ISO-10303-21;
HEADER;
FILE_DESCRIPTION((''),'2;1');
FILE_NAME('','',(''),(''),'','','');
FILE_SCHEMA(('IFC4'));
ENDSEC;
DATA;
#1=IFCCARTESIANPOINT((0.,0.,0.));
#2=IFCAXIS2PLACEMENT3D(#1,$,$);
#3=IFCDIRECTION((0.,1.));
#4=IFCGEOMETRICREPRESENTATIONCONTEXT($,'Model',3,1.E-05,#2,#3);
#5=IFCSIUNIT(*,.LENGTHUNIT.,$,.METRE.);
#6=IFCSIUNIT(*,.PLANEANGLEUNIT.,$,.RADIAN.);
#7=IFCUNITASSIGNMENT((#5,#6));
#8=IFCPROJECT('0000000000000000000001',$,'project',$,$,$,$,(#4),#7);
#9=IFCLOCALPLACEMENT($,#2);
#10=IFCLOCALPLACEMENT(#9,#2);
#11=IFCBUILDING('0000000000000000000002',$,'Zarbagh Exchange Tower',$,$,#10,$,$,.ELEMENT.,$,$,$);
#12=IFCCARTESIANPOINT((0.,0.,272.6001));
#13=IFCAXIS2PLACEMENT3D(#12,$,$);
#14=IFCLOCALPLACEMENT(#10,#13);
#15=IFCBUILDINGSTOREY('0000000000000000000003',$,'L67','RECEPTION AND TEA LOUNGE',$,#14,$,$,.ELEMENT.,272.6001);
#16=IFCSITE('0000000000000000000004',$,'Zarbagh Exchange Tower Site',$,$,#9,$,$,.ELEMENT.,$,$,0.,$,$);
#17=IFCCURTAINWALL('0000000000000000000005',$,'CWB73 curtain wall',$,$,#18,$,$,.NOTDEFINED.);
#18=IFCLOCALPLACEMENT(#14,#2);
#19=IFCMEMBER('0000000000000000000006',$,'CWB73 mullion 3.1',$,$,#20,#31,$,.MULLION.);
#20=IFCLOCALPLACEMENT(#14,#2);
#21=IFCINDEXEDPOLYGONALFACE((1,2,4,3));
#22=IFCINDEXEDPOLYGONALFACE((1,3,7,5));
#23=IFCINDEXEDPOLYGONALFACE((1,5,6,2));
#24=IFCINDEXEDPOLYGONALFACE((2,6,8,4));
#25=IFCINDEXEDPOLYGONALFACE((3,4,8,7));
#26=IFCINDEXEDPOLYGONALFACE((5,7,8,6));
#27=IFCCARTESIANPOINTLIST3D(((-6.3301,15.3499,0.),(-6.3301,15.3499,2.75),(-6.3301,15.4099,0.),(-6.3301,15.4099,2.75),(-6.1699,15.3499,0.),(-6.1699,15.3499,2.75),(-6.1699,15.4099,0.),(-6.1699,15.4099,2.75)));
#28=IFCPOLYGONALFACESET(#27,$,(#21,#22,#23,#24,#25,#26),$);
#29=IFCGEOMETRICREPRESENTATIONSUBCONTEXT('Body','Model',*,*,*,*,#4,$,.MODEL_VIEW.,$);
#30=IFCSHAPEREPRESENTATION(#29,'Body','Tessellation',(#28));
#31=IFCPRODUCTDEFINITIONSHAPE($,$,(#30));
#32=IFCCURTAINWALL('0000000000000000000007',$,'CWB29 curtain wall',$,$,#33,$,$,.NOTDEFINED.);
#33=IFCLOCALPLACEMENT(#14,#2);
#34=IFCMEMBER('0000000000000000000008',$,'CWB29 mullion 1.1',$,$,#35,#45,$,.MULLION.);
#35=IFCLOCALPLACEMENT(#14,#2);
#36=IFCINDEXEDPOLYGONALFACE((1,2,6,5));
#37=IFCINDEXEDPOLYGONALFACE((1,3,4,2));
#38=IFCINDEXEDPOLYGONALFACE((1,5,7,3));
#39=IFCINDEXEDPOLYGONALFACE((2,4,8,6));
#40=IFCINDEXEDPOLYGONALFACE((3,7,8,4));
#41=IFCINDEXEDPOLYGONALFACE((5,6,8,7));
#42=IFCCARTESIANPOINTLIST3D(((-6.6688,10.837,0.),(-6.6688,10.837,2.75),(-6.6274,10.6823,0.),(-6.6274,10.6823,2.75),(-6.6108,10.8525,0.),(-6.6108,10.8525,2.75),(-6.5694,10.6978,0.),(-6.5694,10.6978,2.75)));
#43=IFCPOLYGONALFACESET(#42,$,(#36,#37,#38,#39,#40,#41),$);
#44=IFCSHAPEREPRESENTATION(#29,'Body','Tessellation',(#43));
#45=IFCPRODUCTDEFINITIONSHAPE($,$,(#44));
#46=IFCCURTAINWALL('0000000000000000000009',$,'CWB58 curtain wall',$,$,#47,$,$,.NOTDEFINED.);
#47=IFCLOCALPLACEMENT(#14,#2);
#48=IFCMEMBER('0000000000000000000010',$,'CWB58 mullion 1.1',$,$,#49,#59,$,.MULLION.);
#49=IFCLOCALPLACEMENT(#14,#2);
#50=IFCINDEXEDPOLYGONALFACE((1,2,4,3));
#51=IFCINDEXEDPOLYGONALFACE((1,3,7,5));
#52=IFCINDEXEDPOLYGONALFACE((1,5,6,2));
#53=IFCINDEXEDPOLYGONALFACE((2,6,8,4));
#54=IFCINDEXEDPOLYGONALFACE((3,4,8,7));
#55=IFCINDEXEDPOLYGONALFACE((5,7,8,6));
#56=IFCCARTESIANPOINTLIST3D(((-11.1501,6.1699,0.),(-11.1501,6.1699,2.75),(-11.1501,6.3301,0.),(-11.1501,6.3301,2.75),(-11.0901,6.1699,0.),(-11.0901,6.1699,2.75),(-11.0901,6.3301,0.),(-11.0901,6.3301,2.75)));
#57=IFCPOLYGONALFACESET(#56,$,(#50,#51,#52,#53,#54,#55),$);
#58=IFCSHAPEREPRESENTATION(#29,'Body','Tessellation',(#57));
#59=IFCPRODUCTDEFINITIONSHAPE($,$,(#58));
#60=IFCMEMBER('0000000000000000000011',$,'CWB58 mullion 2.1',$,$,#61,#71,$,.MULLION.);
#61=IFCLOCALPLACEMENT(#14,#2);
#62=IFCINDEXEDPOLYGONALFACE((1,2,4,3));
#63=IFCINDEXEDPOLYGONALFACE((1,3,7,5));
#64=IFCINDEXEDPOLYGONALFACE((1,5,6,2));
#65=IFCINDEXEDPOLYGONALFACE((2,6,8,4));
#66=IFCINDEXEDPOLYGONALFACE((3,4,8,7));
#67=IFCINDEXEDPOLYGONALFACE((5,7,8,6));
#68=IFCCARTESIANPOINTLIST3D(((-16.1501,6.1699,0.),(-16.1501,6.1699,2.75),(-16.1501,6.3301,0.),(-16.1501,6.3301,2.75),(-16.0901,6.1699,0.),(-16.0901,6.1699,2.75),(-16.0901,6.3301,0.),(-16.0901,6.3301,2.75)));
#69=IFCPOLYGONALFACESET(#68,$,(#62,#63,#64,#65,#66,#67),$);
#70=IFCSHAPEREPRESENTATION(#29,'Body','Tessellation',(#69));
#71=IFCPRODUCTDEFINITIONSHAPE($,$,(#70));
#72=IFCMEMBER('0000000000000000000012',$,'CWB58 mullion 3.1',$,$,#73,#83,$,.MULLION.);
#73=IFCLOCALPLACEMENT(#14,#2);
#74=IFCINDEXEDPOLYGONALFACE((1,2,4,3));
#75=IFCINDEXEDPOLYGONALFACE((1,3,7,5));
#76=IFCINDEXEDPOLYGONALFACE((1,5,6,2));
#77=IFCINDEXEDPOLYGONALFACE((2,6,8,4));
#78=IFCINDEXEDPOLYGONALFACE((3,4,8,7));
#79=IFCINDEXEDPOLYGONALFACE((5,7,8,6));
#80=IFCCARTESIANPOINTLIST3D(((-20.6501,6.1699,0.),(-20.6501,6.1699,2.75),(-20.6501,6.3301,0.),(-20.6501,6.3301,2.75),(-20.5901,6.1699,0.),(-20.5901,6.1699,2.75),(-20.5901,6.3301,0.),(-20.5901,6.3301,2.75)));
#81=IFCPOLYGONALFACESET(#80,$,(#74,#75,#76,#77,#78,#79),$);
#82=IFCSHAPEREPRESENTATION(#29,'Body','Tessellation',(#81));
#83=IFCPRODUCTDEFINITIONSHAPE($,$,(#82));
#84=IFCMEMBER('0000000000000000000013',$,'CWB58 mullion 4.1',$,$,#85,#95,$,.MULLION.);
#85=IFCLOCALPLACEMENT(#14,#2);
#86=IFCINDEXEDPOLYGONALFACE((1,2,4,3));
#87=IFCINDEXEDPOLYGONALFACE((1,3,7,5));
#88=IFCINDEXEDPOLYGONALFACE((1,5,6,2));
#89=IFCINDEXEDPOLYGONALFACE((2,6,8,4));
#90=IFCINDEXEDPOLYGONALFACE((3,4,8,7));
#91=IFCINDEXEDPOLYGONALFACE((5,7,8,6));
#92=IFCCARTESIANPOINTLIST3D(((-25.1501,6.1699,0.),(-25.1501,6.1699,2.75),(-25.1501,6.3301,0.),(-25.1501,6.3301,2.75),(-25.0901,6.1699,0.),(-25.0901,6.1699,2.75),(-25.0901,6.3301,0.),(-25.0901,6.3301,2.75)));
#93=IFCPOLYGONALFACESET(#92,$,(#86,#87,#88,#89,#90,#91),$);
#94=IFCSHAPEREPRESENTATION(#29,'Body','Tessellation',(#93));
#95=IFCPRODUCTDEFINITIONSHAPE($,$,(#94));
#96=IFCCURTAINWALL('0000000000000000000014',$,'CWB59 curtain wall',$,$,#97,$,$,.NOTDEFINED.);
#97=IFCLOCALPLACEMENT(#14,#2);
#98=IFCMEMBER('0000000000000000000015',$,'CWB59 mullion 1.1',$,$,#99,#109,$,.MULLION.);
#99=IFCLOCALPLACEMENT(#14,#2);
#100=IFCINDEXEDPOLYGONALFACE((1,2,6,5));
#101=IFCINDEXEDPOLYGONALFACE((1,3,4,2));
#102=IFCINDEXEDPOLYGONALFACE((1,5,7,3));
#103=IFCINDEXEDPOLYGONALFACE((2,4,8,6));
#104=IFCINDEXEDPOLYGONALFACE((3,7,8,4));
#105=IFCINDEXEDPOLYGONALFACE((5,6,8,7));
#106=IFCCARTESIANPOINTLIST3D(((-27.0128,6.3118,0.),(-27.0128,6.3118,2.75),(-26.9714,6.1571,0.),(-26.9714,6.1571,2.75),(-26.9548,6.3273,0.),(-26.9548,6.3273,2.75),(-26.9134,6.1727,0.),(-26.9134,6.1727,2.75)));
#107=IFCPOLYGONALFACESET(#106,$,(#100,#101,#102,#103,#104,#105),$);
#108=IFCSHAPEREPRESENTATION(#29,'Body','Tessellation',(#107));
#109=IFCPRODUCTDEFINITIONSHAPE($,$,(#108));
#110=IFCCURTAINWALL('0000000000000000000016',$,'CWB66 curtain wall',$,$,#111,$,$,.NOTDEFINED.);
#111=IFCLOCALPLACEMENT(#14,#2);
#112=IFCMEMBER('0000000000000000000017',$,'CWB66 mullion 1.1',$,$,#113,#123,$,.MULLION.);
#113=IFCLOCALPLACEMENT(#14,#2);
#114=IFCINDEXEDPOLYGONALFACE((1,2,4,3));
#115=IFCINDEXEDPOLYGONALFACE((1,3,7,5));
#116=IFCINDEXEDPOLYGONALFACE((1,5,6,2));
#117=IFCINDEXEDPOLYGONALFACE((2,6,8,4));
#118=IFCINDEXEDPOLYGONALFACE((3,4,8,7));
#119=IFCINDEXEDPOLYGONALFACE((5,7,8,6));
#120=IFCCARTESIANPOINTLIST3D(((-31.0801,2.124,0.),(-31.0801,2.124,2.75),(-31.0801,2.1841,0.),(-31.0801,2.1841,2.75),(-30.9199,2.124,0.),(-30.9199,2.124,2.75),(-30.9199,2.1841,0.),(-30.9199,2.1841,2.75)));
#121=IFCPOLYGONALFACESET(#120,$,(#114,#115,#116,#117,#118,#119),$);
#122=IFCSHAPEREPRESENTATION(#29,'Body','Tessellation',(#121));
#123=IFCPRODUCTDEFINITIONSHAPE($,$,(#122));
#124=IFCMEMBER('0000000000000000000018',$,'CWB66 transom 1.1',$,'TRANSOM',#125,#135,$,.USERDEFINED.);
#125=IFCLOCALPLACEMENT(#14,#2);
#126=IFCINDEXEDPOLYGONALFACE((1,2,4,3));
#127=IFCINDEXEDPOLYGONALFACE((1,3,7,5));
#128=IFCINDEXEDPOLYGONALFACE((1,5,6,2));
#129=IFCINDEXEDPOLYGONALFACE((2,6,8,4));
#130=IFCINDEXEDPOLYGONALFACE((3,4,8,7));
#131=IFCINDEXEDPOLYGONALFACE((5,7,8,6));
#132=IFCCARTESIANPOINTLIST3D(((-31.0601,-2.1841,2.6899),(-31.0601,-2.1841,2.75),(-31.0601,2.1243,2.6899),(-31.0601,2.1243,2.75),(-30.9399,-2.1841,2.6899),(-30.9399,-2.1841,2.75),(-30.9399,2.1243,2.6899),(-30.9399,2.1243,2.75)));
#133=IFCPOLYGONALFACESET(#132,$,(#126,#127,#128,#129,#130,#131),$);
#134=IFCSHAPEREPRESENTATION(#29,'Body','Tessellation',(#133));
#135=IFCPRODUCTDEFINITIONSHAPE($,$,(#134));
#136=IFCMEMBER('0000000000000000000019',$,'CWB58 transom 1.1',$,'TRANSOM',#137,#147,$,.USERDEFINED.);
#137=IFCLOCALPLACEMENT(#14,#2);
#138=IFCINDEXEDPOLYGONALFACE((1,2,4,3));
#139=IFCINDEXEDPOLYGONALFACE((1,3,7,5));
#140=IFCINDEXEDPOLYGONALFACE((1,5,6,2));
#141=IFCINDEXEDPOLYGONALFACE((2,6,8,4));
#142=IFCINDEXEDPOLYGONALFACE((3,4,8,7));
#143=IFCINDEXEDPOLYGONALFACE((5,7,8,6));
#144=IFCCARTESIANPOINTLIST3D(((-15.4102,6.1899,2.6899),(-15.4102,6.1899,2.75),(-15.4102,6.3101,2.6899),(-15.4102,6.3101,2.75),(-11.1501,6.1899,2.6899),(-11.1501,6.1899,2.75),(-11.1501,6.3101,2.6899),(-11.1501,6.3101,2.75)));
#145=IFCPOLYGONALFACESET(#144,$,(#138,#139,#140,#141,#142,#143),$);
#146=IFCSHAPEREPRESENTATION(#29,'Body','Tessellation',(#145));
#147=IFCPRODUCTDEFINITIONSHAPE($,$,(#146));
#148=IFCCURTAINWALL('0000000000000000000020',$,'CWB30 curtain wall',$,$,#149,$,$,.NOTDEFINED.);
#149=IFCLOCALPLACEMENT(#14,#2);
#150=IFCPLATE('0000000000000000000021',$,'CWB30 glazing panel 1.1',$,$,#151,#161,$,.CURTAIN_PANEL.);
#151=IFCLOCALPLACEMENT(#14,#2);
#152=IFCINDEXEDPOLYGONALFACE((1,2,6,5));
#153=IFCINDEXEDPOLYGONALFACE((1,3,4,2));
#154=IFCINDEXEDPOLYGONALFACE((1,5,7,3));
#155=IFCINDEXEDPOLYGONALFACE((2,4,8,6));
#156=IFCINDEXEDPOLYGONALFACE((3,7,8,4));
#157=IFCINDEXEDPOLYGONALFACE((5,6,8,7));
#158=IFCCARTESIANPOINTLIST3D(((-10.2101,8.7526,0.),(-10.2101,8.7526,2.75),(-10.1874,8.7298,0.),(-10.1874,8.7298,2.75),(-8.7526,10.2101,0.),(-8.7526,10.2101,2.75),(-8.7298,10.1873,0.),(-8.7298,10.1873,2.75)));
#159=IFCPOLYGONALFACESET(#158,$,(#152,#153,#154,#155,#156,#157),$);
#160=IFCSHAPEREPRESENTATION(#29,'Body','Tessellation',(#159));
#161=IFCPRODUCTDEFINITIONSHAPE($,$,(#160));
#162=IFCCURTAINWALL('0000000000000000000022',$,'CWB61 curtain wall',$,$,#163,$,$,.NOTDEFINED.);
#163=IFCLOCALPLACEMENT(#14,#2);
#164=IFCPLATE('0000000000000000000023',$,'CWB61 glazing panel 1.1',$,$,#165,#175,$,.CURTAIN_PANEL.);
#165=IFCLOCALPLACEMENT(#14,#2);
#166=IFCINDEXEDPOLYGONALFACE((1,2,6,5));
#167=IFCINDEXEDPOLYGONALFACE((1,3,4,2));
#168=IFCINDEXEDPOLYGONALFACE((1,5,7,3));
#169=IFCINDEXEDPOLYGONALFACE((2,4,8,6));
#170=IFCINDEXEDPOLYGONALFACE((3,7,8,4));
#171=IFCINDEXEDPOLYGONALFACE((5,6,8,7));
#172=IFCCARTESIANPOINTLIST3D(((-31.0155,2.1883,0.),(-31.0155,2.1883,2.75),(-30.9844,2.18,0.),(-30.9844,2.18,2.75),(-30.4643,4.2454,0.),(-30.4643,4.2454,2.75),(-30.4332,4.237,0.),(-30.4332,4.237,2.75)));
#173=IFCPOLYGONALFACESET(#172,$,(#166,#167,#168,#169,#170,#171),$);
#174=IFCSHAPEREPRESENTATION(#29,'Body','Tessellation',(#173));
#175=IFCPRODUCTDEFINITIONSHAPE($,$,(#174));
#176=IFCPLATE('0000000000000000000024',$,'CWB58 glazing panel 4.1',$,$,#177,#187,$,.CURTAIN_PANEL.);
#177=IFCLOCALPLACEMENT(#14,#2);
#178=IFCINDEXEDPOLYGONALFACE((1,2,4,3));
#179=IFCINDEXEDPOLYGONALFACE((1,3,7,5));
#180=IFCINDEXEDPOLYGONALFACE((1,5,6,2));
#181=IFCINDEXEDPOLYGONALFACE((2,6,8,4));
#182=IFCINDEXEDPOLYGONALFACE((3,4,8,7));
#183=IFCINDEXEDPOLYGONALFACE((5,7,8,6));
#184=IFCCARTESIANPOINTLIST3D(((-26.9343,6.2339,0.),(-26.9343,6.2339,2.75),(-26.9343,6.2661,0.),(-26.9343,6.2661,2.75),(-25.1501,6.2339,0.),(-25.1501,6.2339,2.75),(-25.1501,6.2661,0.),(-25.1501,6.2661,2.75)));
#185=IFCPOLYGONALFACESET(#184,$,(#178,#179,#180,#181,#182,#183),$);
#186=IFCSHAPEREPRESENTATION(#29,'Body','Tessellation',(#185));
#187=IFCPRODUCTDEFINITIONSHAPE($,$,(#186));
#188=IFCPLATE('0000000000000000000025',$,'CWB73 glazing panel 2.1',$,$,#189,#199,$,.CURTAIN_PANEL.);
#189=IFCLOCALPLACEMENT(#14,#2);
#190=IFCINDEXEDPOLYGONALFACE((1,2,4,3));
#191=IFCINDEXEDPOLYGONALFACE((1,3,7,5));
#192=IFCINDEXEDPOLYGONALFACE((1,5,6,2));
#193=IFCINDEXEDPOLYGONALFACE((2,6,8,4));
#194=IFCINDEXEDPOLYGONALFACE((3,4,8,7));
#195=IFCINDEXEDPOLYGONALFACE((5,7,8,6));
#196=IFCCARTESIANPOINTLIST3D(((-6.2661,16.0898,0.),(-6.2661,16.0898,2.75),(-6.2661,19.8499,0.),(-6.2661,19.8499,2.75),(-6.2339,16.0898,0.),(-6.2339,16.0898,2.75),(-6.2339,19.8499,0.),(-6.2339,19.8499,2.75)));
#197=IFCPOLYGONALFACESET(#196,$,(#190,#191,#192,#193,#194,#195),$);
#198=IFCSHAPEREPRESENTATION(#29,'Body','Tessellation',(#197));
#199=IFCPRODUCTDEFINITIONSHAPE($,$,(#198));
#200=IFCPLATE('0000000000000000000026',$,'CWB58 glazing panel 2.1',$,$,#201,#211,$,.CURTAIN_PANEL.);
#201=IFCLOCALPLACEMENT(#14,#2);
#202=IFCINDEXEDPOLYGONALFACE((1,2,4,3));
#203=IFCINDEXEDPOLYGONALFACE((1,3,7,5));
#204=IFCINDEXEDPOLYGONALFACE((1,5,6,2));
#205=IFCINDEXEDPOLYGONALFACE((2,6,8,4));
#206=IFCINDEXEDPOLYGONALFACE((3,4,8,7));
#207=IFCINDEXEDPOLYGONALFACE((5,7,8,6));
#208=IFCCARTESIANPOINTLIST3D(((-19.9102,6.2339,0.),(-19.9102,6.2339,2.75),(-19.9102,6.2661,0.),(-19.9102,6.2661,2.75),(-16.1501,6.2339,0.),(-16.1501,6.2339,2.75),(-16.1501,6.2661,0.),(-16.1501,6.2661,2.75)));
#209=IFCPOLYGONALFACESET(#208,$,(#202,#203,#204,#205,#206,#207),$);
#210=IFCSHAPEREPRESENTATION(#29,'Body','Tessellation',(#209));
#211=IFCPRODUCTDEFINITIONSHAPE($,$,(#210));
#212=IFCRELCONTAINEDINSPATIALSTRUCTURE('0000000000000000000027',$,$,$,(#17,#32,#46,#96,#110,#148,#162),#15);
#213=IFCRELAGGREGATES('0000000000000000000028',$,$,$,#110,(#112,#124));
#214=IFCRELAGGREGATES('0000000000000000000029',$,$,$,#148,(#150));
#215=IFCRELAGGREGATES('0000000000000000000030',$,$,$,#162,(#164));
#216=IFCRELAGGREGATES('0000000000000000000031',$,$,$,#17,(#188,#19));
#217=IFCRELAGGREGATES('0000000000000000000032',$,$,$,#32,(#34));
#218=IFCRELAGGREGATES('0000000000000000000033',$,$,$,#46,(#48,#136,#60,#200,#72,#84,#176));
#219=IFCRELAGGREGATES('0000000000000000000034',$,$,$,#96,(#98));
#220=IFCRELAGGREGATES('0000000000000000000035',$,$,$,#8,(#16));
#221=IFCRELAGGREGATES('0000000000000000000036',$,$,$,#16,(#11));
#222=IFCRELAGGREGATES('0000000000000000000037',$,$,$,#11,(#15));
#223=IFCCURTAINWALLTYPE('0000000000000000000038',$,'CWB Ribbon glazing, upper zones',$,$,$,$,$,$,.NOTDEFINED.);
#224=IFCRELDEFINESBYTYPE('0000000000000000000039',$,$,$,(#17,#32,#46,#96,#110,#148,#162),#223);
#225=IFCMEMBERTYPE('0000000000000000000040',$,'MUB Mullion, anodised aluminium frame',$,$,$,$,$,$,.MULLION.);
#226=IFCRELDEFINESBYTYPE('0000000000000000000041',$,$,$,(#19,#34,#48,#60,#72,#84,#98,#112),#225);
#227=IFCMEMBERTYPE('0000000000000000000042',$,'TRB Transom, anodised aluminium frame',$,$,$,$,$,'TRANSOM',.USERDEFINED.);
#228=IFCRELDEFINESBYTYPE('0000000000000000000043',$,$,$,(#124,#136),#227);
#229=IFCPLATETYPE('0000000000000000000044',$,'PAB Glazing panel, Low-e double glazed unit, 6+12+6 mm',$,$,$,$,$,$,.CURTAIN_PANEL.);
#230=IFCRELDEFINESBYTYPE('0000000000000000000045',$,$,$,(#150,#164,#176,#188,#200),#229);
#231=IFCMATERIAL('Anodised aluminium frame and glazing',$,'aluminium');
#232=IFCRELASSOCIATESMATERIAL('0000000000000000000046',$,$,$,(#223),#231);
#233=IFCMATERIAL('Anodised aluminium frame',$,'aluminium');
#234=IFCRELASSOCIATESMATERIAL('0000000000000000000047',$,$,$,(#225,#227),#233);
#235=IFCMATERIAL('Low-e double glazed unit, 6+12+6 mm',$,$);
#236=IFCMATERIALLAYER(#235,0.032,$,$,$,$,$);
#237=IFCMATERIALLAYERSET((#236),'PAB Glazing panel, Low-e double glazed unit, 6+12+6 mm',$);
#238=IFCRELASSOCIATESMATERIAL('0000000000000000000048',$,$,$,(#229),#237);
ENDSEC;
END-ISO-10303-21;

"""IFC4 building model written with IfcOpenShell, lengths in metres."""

from ifc_helpers import new_model, si_unit, direction, frame, origin, place, context, subcontext, project, spatial, polyline, outline, extrude, source, transform, mapped, material, layer, layer_set, type_object, element, aggregate, save


model = new_model("IFC4")

# Units and contexts
model_context = context("Model", 3, precision=1e-05, world=origin(), true_north=direction((0.0, 1.0)))
body_context = subcontext(model_context, "Body", "Model", "MODEL_VIEW")
ifc_project = project(units=[si_unit("LENGTHUNIT", "METRE"), si_unit("PLANEANGLEUNIT", "RADIAN")], contexts=[model_context])

# Site, building, storey
site_placement = place(None, origin())
site = spatial("IfcSite", under=ifc_project, at=site_placement, Name="Zarbagh Exchange Tower Site", CompositionType="ELEMENT", RefElevation=0.0)
building_placement = place(site_placement, origin())
building = spatial("IfcBuilding", under=site, at=building_placement, Name="Zarbagh Exchange Tower", CompositionType="ELEMENT")
storey_placement = place(building_placement, frame((0.0, 0.0, 272.6001)))
storey = spatial("IfcBuildingStorey", under=building, at=storey_placement, Name="L67", Description="RECEPTION AND TEA LOUNGE", CompositionType="ELEMENT", Elevation=272.6001)

# Curtain walls, members
ifc_material_1 = material(Name="Anodised aluminium frame and glazing", Category="aluminium")
curtain_wall_type = type_object("IfcCurtainWallType", Name="CWB Ribbon glazing, upper zones", PredefinedType="NOTDEFINED", material=ifc_material_1)
curtain_wall_1_placement = place(storey_placement, origin())
curtain_wall_1 = element("IfcCurtainWall", 1, at=curtain_wall_1_placement, inside=storey, type_object=curtain_wall_type, Name="CWB73 curtain wall", PredefinedType="NOTDEFINED")
ifc_material_2 = material(Name="Anodised aluminium frame", Category="aluminium")
member_type_1 = type_object("IfcMemberType", Name="MUB Mullion, anodised aluminium frame", PredefinedType="MULLION", material=ifc_material_2)
shared_shape_1 = source(origin(), body_context, "Body", "SweptSolid", [
    extrude(outline(polyline([(0.0, -0.0801), (0.0601, -0.0801), (0.0601, 0.0801), (0.0, 0.0801), (0.0, -0.0801)])), origin(), (0.0, 0.0, 1.0), 2.75),
])
placement = place(storey_placement, origin())
member_1 = element("IfcMember", 2, at=placement, type_object=member_type_1, Name="CWB73 mullion 3.1", PredefinedType="MULLION", context=body_context, shape_type="MappedRepresentation", body=[
    mapped(shared_shape_1, transform((-6.25, 15.4099, 0.0), x_axis=(0.0, -1.0, 0.0), y_axis=(1.0, 0.0, 0.0), z_axis=(0.0, 0.0, 1.0))),
])
curtain_wall_2_placement = place(storey_placement, origin())
curtain_wall_2 = element("IfcCurtainWall", 3, at=curtain_wall_2_placement, inside=storey, type_object=curtain_wall_type, Name="CWB29 curtain wall", PredefinedType="NOTDEFINED")
member_2 = element("IfcMember", 4, at=placement, type_object=member_type_1, Name="CWB29 mullion 1.1", PredefinedType="MULLION", context=body_context, shape_type="MappedRepresentation", body=[
    mapped(shared_shape_1, transform((-6.5901, 10.7751, 0.0), x_axis=(-0.965924, -0.258825, 0.0), y_axis=(0.258825, -0.965924, 0.0), z_axis=(0.0, 0.0, 1.0))),
])

# Curtain wall, members
curtain_wall_3_placement = place(storey_placement, origin())
curtain_wall_3 = element("IfcCurtainWall", 5, at=curtain_wall_3_placement, inside=storey, type_object=curtain_wall_type, Name="CWB58 curtain wall", PredefinedType="NOTDEFINED")
member_3 = element("IfcMember", 6, at=placement, type_object=member_type_1, Name="CWB58 mullion 1.1", PredefinedType="MULLION", context=body_context, shape_type="MappedRepresentation", body=[
    mapped(shared_shape_1, transform((-11.0901, 6.25, 0.0), x_axis=(-1.0, 0.0, 0.0), y_axis=(0.0, -1.0, 0.0), z_axis=(0.0, 0.0, 1.0))),
])
member_4 = element("IfcMember", 7, at=placement, type_object=member_type_1, Name="CWB58 mullion 2.1", PredefinedType="MULLION", context=body_context, shape_type="MappedRepresentation", body=[
    mapped(shared_shape_1, transform((-16.0901, 6.25, 0.0), x_axis=(-1.0, 0.0, 0.0), y_axis=(0.0, -1.0, 0.0), z_axis=(0.0, 0.0, 1.0))),
])
member_5 = element("IfcMember", 8, at=placement, type_object=member_type_1, Name="CWB58 mullion 3.1", PredefinedType="MULLION", context=body_context, shape_type="MappedRepresentation", body=[
    mapped(shared_shape_1, transform((-20.5901, 6.25, 0.0), x_axis=(-1.0, 0.0, 0.0), y_axis=(0.0, -1.0, 0.0), z_axis=(0.0, 0.0, 1.0))),
])
member_6 = element("IfcMember", 9, at=placement, type_object=member_type_1, Name="CWB58 mullion 4.1", PredefinedType="MULLION", context=body_context, shape_type="MappedRepresentation", body=[
    mapped(shared_shape_1, transform((-25.0901, 6.25, 0.0), x_axis=(-1.0, 0.0, 0.0), y_axis=(0.0, -1.0, 0.0), z_axis=(0.0, 0.0, 1.0))),
])

# Curtain wall, member
curtain_wall_4_placement = place(storey_placement, origin())
curtain_wall_4 = element("IfcCurtainWall", 10, at=curtain_wall_4_placement, inside=storey, type_object=curtain_wall_type, Name="CWB59 curtain wall", PredefinedType="NOTDEFINED")
member_7 = element("IfcMember", 11, at=placement, type_object=member_type_1, Name="CWB59 mullion 1.1", PredefinedType="MULLION", context=body_context, shape_type="MappedRepresentation", body=[
    mapped(shared_shape_1, transform((-26.9341, 6.25, 0.0), x_axis=(-0.965924, -0.258825, 0.0), y_axis=(0.258825, -0.965924, 0.0), z_axis=(0.0, 0.0, 1.0))),
])

# Curtain wall, members
curtain_wall_5_placement = place(storey_placement, origin())
curtain_wall_5 = element("IfcCurtainWall", 12, at=curtain_wall_5_placement, inside=storey, type_object=curtain_wall_type, Name="CWB66 curtain wall", PredefinedType="NOTDEFINED")
member_8 = element("IfcMember", 13, at=placement, type_object=member_type_1, Name="CWB66 mullion 1.1", PredefinedType="MULLION", context=body_context, shape_type="MappedRepresentation", body=[
    mapped(shared_shape_1, transform((-31.0, 2.1841, 0.0), x_axis=(0.0, -1.0, 0.0), y_axis=(1.0, 0.0, 0.0), z_axis=(0.0, 0.0, 1.0))),
])
member_type_2 = type_object("IfcMemberType", Name="TRB Transom, anodised aluminium frame", ElementType="TRANSOM", PredefinedType="USERDEFINED", material=ifc_material_2)
shared_shape_2 = source(origin(), body_context, "Body", "SweptSolid", [
    extrude(outline(polyline([(-0.0601, -0.0601), (0.0, -0.0601), (0.0, 0.0601), (-0.0601, 0.0601), (-0.0601, -0.0601)])), origin(), (0.0, 0.0, 1.0), 4.3083),
])
member_9 = element("IfcMember", 14, at=placement, type_object=member_type_2, Name="CWB66 transom 1.1", ObjectType="TRANSOM", PredefinedType="USERDEFINED", context=body_context, shape_type="MappedRepresentation", body=[
    mapped(shared_shape_2, transform((-31.0, 2.1243, 2.75), x_axis=(0.0, 0.0, 1.0), y_axis=(-1.0, 0.0, 0.0), z_axis=(0.0, -1.0, 0.0))),
])
aggregate(curtain_wall_5, [member_8, member_9])

# Member
shared_shape_3 = source(origin(), body_context, "Body", "SweptSolid", [
    extrude(outline(polyline([(-0.0601, -0.0601), (0.0, -0.0601), (0.0, 0.0601), (-0.0601, 0.0601), (-0.0601, -0.0601)])), origin(), (0.0, 0.0, 1.0), 4.26),
])
member_10 = element("IfcMember", 15, at=placement, type_object=member_type_2, Name="CWB58 transom 1.1", ObjectType="TRANSOM", PredefinedType="USERDEFINED", context=body_context, shape_type="MappedRepresentation", body=[
    mapped(shared_shape_3, transform((-11.1501, 6.25, 2.75), x_axis=(0.0, 0.0, 1.0), y_axis=(0.0, 1.0, 0.0), z_axis=(-1.0, 0.0, 0.0))),
])

# Curtain walls, plates
curtain_wall_6_placement = place(storey_placement, origin())
curtain_wall_6 = element("IfcCurtainWall", 16, at=curtain_wall_6_placement, inside=storey, type_object=curtain_wall_type, Name="CWB30 curtain wall", PredefinedType="NOTDEFINED")
ifc_material_3 = material(Name="Low-e double glazed unit, 6+12+6 mm")
ifc_layer = layer(ifc_material_3, 0.032)
ifc_layer_set = layer_set([ifc_layer], Name="PAB Glazing panel, Low-e double glazed unit, 6+12+6 mm")
plate_type = type_object("IfcPlateType", Name="PAB Glazing panel, Low-e double glazed unit, 6+12+6 mm", PredefinedType="CURTAIN_PANEL", material=ifc_layer_set)
shared_shape_4 = source(origin(), body_context, "Body", "SweptSolid", [
    extrude(outline(polyline([(0.0, -0.0161), (2.0613, -0.0161), (2.0613, 0.0161), (0.0, 0.0161), (0.0, -0.0161)])), origin(), (0.0, 0.0, 1.0), 2.75),
])
plate_1 = element("IfcPlate", 17, at=placement, type_object=plate_type, Name="CWB30 glazing panel 1.1", PredefinedType="CURTAIN_PANEL", context=body_context, shape_type="MappedRepresentation", body=[
    mapped(shared_shape_4, transform((-8.7412, 10.1987, 0.0), x_axis=(-0.707107, -0.707107, 0.0), y_axis=(0.707107, -0.707107, 0.0), z_axis=(0.0, 0.0, 1.0))),
])
aggregate(curtain_wall_6, [plate_1])
curtain_wall_7_placement = place(storey_placement, origin())
curtain_wall_7 = element("IfcCurtainWall", 18, at=curtain_wall_7_placement, inside=storey, type_object=curtain_wall_type, Name="CWB61 curtain wall", PredefinedType="NOTDEFINED")
shared_shape_5 = source(origin(), body_context, "Body", "SweptSolid", [
    extrude(outline(polyline([(0.0, -0.0161), (2.1296, -0.0161), (2.1296, 0.0161), (0.0, 0.0161), (0.0, -0.0161)])), origin(), (0.0, 0.0, 1.0), 2.75),
])
plate_2 = element("IfcPlate", 19, at=placement, type_object=plate_type, Name="CWB61 glazing panel 1.1", PredefinedType="CURTAIN_PANEL", context=body_context, shape_type="MappedRepresentation", body=[
    mapped(shared_shape_5, transform((-30.4487, 4.2412, 0.0), x_axis=(-0.258825, -0.965924, 0.0), y_axis=(0.965924, -0.258825, 0.0), z_axis=(0.0, 0.0, 1.0))),
])
aggregate(curtain_wall_7, [plate_2])

# Plates
shared_shape_6 = source(origin(), body_context, "Body", "SweptSolid", [
    extrude(outline(polyline([(0.0, -0.0161), (1.7842, -0.0161), (1.7842, 0.0161), (0.0, 0.0161), (0.0, -0.0161)])), origin(), (0.0, 0.0, 1.0), 2.75),
])
plate_3 = element("IfcPlate", 20, at=placement, type_object=plate_type, Name="CWB58 glazing panel 4.1", PredefinedType="CURTAIN_PANEL", context=body_context, shape_type="MappedRepresentation", body=[
    mapped(shared_shape_6, transform((-25.1501, 6.25, 0.0), x_axis=(-1.0, 0.0, 0.0), y_axis=(0.0, -1.0, 0.0), z_axis=(0.0, 0.0, 1.0))),
])
shared_shape_7 = source(origin(), body_context, "Body", "SweptSolid", [
    extrude(outline(polyline([(0.0, -0.0161), (3.76, -0.0161), (3.76, 0.0161), (0.0, 0.0161), (0.0, -0.0161)])), origin(), (0.0, 0.0, 1.0), 2.75),
])
plate_4 = element("IfcPlate", 21, at=placement, type_object=plate_type, Name="CWB73 glazing panel 2.1", PredefinedType="CURTAIN_PANEL", context=body_context, shape_type="MappedRepresentation", body=[
    mapped(shared_shape_7, transform((-6.25, 19.8499, 0.0), x_axis=(0.0, -1.0, 0.0), y_axis=(1.0, 0.0, 0.0), z_axis=(0.0, 0.0, 1.0))),
])
plate_5 = element("IfcPlate", 22, at=placement, type_object=plate_type, Name="CWB58 glazing panel 2.1", PredefinedType="CURTAIN_PANEL", context=body_context, shape_type="MappedRepresentation", body=[
    mapped(shared_shape_7, transform((-16.1501, 6.25, 0.0), x_axis=(-1.0, 0.0, 0.0), y_axis=(0.0, -1.0, 0.0), z_axis=(0.0, 0.0, 1.0))),
])
aggregate(curtain_wall_1, [plate_4, member_1])
aggregate(curtain_wall_2, [member_2])

aggregate(curtain_wall_3, [member_3, member_10, member_4, plate_5, member_5, member_6, plate_3])
aggregate(curtain_wall_4, [member_7])

save(model, "model.ifc")
